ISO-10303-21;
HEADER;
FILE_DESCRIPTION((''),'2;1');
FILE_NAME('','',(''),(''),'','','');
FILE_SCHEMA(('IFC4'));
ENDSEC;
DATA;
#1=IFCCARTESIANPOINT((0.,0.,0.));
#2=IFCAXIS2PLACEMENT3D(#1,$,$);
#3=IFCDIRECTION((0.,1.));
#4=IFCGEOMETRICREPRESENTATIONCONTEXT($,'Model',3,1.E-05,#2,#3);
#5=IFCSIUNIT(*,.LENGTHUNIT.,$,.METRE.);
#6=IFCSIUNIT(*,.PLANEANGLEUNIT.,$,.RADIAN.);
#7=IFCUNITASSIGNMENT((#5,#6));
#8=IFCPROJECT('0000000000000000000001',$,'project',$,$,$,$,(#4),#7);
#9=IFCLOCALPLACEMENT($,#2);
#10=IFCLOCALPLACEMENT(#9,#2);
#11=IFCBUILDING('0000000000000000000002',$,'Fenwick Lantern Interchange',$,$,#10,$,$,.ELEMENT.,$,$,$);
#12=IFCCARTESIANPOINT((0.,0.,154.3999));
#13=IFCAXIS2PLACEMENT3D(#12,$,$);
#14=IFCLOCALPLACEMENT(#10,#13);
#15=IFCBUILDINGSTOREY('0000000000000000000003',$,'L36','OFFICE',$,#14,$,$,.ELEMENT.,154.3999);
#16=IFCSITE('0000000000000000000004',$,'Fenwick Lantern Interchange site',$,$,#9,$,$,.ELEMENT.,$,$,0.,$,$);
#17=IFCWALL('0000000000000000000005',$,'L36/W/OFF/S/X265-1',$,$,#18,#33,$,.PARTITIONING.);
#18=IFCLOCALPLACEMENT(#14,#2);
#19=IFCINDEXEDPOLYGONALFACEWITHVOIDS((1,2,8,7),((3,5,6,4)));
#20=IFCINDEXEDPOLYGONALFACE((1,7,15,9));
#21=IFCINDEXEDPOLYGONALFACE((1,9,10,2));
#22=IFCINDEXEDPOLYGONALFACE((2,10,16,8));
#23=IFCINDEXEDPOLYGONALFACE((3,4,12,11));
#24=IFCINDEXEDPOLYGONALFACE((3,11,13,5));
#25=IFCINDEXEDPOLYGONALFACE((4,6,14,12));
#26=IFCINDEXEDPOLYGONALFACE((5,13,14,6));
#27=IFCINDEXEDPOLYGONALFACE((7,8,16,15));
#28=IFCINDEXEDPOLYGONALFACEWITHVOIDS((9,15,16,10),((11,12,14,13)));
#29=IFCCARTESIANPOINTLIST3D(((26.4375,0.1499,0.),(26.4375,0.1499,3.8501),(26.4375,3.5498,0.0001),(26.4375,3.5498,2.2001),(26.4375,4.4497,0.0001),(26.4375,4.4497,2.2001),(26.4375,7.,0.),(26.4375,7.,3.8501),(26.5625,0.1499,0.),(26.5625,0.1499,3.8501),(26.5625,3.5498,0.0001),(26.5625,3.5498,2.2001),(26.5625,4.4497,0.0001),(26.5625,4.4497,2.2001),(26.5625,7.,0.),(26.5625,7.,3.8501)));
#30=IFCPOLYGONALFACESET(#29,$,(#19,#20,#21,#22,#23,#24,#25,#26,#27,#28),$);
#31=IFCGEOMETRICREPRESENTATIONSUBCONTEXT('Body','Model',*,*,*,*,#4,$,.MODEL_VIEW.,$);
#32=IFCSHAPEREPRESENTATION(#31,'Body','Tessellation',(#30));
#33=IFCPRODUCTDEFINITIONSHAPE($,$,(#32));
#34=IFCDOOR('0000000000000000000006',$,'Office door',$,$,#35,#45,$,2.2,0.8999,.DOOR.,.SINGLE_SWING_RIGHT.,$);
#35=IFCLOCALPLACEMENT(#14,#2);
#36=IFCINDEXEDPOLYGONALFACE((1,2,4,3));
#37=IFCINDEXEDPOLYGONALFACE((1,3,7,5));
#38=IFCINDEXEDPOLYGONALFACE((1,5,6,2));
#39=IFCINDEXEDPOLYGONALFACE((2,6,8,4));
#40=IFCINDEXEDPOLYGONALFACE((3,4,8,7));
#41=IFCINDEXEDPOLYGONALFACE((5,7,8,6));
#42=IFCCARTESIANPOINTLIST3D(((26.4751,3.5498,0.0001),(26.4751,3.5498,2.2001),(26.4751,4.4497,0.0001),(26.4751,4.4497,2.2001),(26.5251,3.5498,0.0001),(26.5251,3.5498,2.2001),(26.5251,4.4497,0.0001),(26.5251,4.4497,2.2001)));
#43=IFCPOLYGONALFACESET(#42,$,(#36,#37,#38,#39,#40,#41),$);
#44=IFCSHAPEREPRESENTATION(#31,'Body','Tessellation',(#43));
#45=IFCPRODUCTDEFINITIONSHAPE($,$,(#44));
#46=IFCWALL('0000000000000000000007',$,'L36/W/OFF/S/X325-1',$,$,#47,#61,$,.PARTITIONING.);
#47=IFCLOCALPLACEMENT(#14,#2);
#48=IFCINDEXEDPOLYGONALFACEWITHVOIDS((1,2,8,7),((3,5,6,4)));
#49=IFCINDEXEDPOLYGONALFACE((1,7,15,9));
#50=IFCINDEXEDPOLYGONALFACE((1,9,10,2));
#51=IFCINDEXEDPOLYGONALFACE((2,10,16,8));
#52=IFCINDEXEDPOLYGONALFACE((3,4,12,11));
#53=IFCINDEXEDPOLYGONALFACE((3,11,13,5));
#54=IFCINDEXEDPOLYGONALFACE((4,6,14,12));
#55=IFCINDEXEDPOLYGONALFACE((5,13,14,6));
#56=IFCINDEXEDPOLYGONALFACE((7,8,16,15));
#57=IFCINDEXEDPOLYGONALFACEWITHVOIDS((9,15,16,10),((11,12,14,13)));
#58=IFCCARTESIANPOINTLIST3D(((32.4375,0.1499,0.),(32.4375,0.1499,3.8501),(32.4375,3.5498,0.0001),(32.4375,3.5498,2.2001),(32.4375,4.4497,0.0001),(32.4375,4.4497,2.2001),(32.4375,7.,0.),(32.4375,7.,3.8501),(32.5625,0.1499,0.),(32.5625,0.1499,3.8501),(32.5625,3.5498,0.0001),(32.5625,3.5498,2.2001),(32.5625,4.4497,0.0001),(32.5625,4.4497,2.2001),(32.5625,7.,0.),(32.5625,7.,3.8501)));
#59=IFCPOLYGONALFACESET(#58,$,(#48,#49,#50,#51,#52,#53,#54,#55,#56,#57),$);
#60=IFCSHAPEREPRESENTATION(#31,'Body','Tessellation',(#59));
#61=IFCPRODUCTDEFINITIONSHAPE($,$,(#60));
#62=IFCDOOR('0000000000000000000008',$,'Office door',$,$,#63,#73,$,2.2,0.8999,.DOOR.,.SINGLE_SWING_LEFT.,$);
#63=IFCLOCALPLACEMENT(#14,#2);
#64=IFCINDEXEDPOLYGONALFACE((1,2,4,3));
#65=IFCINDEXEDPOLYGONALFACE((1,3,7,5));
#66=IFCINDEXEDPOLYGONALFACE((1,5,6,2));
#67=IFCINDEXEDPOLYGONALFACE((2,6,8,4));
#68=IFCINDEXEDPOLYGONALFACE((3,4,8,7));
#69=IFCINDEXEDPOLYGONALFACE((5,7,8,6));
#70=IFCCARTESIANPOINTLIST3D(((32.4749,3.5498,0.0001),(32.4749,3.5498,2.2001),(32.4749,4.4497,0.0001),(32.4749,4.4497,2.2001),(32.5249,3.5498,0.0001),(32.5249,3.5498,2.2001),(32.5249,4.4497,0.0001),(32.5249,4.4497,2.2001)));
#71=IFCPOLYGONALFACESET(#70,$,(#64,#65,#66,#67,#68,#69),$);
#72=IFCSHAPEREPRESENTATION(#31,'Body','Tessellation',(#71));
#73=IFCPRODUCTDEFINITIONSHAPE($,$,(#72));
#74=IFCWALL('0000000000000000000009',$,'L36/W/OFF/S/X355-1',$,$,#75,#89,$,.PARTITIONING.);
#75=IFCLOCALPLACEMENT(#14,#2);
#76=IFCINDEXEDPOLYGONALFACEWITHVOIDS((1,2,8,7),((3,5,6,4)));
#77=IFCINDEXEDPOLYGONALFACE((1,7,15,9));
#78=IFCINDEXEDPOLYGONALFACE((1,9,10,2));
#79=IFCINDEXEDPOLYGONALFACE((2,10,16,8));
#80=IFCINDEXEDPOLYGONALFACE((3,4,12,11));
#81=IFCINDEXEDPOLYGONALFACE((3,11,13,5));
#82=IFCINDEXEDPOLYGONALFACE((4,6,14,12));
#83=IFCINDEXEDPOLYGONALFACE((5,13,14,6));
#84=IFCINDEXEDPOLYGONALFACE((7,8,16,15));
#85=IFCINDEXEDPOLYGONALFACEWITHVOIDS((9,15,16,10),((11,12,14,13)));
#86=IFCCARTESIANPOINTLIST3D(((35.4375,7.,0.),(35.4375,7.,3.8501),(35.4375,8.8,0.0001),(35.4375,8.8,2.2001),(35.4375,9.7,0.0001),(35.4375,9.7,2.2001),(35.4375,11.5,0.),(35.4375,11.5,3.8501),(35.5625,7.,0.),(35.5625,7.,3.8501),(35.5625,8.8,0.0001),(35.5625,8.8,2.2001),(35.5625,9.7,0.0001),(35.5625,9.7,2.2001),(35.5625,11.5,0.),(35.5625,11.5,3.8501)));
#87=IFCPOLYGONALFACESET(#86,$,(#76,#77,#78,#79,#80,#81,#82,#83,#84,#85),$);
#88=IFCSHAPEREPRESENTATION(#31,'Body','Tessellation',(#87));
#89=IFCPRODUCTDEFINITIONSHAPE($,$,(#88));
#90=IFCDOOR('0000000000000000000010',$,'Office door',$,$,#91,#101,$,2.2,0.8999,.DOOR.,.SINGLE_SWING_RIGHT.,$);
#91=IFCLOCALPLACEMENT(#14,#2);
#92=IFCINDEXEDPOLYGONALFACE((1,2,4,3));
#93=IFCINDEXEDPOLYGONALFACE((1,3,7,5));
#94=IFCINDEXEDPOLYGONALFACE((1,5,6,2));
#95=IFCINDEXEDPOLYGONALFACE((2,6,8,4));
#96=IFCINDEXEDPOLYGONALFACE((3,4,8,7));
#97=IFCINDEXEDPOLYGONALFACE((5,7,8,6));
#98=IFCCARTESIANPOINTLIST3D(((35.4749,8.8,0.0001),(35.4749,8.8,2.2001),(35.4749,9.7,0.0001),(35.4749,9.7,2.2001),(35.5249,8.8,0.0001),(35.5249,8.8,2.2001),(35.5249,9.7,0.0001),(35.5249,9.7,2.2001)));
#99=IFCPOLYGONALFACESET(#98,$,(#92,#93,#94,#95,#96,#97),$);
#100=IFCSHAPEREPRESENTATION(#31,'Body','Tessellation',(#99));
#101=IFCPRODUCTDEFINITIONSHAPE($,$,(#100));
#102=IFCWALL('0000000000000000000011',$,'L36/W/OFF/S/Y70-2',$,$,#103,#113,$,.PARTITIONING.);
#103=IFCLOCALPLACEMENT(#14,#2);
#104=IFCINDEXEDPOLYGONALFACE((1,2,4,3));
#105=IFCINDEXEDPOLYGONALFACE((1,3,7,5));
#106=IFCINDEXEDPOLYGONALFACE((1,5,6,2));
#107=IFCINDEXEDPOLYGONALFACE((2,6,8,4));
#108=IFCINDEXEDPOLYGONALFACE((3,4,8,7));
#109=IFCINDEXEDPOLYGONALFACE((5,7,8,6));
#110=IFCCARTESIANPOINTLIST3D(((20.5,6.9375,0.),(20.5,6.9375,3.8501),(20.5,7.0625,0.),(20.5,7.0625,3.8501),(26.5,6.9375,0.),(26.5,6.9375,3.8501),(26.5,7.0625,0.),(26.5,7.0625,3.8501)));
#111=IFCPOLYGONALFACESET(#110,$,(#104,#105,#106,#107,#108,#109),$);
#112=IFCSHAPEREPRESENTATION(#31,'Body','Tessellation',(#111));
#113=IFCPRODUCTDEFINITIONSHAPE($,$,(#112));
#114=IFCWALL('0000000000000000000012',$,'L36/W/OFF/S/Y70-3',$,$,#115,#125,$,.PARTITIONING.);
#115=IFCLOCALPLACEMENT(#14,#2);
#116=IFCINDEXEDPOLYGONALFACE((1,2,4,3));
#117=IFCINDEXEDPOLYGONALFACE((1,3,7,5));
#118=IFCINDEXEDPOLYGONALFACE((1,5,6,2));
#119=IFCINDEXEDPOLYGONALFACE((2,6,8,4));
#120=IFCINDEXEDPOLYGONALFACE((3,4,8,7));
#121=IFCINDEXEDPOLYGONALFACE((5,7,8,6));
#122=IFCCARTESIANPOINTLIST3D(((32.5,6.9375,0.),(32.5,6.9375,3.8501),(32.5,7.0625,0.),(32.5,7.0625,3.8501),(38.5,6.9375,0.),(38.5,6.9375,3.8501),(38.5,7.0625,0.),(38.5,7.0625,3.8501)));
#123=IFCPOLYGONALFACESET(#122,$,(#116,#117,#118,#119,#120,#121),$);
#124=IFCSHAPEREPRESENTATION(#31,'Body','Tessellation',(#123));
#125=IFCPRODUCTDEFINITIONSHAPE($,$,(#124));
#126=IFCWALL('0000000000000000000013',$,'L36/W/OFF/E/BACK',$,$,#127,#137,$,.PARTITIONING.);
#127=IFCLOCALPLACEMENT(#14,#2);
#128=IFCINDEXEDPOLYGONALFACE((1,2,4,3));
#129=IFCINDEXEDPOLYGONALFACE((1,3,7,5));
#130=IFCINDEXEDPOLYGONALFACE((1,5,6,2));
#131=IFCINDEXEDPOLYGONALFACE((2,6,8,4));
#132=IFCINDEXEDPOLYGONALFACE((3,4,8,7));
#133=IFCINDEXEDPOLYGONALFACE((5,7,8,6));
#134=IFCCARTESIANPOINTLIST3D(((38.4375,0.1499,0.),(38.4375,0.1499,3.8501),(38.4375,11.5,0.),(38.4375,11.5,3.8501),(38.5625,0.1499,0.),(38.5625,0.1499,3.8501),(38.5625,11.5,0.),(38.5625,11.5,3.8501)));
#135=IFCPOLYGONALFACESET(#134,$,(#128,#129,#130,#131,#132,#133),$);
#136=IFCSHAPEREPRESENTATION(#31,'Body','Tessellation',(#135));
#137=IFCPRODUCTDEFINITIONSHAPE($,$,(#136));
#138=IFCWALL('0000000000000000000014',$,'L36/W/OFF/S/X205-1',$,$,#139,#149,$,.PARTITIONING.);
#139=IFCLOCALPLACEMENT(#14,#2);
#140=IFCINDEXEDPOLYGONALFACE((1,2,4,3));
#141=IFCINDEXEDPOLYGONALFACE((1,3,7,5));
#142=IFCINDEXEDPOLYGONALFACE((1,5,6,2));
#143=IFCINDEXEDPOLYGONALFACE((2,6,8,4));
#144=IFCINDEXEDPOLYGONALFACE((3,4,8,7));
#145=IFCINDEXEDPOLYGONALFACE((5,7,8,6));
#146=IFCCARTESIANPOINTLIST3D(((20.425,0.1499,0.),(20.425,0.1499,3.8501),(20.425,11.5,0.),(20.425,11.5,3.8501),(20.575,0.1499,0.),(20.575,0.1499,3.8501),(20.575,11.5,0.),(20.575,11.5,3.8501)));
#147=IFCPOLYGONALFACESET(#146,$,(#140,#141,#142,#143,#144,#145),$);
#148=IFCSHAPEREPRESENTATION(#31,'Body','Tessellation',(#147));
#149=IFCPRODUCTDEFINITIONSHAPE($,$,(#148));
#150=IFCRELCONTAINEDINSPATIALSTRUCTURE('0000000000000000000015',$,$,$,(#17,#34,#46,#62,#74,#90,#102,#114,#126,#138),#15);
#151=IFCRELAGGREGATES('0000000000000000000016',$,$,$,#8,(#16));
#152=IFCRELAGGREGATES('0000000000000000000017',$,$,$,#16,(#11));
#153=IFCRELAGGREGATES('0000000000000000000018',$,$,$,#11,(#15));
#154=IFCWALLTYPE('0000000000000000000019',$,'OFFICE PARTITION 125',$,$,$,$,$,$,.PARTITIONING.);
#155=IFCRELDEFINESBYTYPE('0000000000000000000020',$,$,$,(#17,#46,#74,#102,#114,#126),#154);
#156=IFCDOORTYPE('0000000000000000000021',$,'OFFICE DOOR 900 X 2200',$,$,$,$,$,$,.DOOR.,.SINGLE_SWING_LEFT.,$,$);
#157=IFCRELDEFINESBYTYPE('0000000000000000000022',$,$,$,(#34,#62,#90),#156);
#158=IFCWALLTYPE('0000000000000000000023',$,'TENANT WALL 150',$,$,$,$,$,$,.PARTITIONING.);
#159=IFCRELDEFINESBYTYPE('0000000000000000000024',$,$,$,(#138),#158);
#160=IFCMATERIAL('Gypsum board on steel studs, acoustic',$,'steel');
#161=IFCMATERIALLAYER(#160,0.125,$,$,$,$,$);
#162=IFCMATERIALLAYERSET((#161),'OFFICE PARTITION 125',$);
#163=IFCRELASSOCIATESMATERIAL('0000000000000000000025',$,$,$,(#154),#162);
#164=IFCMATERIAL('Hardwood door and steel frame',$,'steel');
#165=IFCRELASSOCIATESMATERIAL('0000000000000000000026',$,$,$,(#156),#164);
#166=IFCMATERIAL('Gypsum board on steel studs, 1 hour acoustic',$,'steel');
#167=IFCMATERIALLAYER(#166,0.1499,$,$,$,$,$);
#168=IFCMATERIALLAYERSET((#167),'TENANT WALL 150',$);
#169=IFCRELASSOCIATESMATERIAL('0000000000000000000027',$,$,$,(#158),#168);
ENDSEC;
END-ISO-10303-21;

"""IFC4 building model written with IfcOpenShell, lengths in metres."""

from ifc_helpers import new_model, si_unit, direction, frame, frame_2d, origin, place, context, subcontext, project, spatial, rectangle, extrude, material, layer, layer_set, type_object, element, fill, save


model = new_model("IFC4")

# Units and contexts
model_context = context("Model", 3, precision=1e-05, world=origin(), true_north=direction((0.0, 1.0)))
body_context = subcontext(model_context, "Body", "Model", "MODEL_VIEW")
ifc_project = project(units=[si_unit("LENGTHUNIT", "METRE"), si_unit("PLANEANGLEUNIT", "RADIAN")], contexts=[model_context])

# Site, building, storey
site_placement = place(None, origin())
site = spatial("IfcSite", under=ifc_project, at=site_placement, Name="Fenwick Lantern Interchange site", CompositionType="ELEMENT", RefElevation=0.0)
building_placement = place(site_placement, origin())
building = spatial("IfcBuilding", under=site, at=building_placement, Name="Fenwick Lantern Interchange", CompositionType="ELEMENT")
storey_placement = place(building_placement, frame((0.0, 0.0, 154.3999)))
storey = spatial("IfcBuildingStorey", under=building, at=storey_placement, Name="L36", Description="OFFICE", CompositionType="ELEMENT", Elevation=154.3999)

# Walls, openings, doors
ifc_material_1 = material(Name="Gypsum board on steel studs, acoustic", Category="steel")
ifc_layer_1 = layer(ifc_material_1, 0.125)
ifc_layer_set_1 = layer_set([ifc_layer_1], Name="OFFICE PARTITION 125")
wall_type_1 = type_object("IfcWallType", Name="OFFICE PARTITION 125", PredefinedType="PARTITIONING", material=ifc_layer_set_1)
wall_1_placement = place(storey_placement, frame((26.5, 0.1499, 0.0), z_axis=(0.0, 0.0, 1.0), x_axis=(0.0, 1.0, 0.0)))
wall_1 = element("IfcWall", 1, at=wall_1_placement, inside=storey, type_object=wall_type_1, Name="L36/W/OFF/S/X265-1", PredefinedType="PARTITIONING", context=body_context, shape_type="SweptSolid", body=[
    extrude(rectangle(XDim=6.8501, YDim=0.125, at=frame_2d((3.425, 0.0))), origin(), (0.0, 0.0, 1.0), 3.8501),
])
opening_1_placement = place(wall_1_placement, frame((3.3999, 0.0, 0.0)))
opening_1 = element("IfcOpeningElement", 2, at=opening_1_placement, cuts=wall_1, PredefinedType="OPENING", context=body_context, shape_type="SweptSolid", body=[
    extrude(rectangle(XDim=0.8999, YDim=2.2, at=frame_2d((0.45, 1.1001))), frame((0.0, 0.0725, 0.0), z_axis=(0.0, -1.0, 0.0), x_axis=(1.0, 0.0, 0.0)), (0.0, 0.0, 1.0), 0.145),
])
ifc_material_2 = material(Name="Hardwood door and steel frame", Category="steel")
door_type = type_object("IfcDoorType", Name="OFFICE DOOR 900 X 2200", OperationType="SINGLE_SWING_LEFT", PredefinedType="DOOR", material=ifc_material_2)
door_1_placement = place(opening_1_placement, origin())
door_1 = element("IfcDoor", 3, at=door_1_placement, inside=storey, type_object=door_type, Name="Office door", OperationType="SINGLE_SWING_RIGHT", OverallHeight=2.2, OverallWidth=0.8999, PredefinedType="DOOR", context=body_context, shape_type="SweptSolid", body=[
    extrude(rectangle(XDim=0.8999, YDim=2.2, at=frame_2d((0.45, 1.1001))), frame((0.0, 0.0249, 0.0), z_axis=(0.0, -1.0, 0.0), x_axis=(1.0, 0.0, 0.0)), (0.0, 0.0, 1.0), 0.05),
])
fill(opening_1, door_1)
wall_2_placement = place(storey_placement, frame((32.5, 0.1499, 0.0), z_axis=(0.0, 0.0, 1.0), x_axis=(0.0, 1.0, 0.0)))
wall_2 = element("IfcWall", 4, at=wall_2_placement, inside=storey, type_object=wall_type_1, Name="L36/W/OFF/S/X325-1", PredefinedType="PARTITIONING", context=body_context, shape_type="SweptSolid", body=[
    extrude(rectangle(XDim=6.8501, YDim=0.125, at=frame_2d((3.425, 0.0))), origin(), (0.0, 0.0, 1.0), 3.8501),
])
opening_2_placement = place(wall_2_placement, frame((3.3999, 0.0, 0.0)))
opening_2 = element("IfcOpeningElement", 5, at=opening_2_placement, cuts=wall_2, PredefinedType="OPENING", context=body_context, shape_type="SweptSolid", body=[
    extrude(rectangle(XDim=0.8999, YDim=2.2, at=frame_2d((0.45, 1.1001))), frame((0.0, 0.0725, 0.0), z_axis=(0.0, -1.0, 0.0), x_axis=(1.0, 0.0, 0.0)), (0.0, 0.0, 1.0), 0.145),
])
door_2_placement = place(opening_2_placement, frame((0.8999, 0.0, 0.0), z_axis=(0.0, 0.0, 1.0), x_axis=(-1.0, 0.0, 0.0)))
door_2 = element("IfcDoor", 6, at=door_2_placement, inside=storey, type_object=door_type, Name="Office door", OperationType="SINGLE_SWING_LEFT", OverallHeight=2.2, OverallWidth=0.8999, PredefinedType="DOOR", context=body_context, shape_type="SweptSolid", body=[
    extrude(rectangle(XDim=0.8999, YDim=2.2, at=frame_2d((0.45, 1.1001))), frame((0.0, 0.0249, 0.0), z_axis=(0.0, -1.0, 0.0), x_axis=(1.0, 0.0, 0.0)), (0.0, 0.0, 1.0), 0.05),
])
fill(opening_2, door_2)
wall_3_placement = place(storey_placement, frame((35.5, 7.0, 0.0), z_axis=(0.0, 0.0, 1.0), x_axis=(0.0, 1.0, 0.0)))
wall_3 = element("IfcWall", 7, at=wall_3_placement, inside=storey, type_object=wall_type_1, Name="L36/W/OFF/S/X355-1", PredefinedType="PARTITIONING", context=body_context, shape_type="SweptSolid", body=[
    extrude(rectangle(XDim=4.5, YDim=0.125, at=frame_2d((2.25, 0.0))), origin(), (0.0, 0.0, 1.0), 3.8501),
])
opening_3_placement = place(wall_3_placement, frame((1.8, 0.0, 0.0)))
opening_3 = element("IfcOpeningElement", 8, at=opening_3_placement, cuts=wall_3, PredefinedType="OPENING", context=body_context, shape_type="SweptSolid", body=[
    extrude(rectangle(XDim=0.8999, YDim=2.2, at=frame_2d((0.45, 1.1001))), frame((0.0, 0.0725, 0.0), z_axis=(0.0, -1.0, 0.0), x_axis=(1.0, 0.0, 0.0)), (0.0, 0.0, 1.0), 0.145),
])
door_3_placement = place(opening_3_placement, frame((0.8999, 0.0, 0.0), z_axis=(0.0, 0.0, 1.0), x_axis=(-1.0, 0.0, 0.0)))
door_3 = element("IfcDoor", 9, at=door_3_placement, inside=storey, type_object=door_type, Name="Office door", OperationType="SINGLE_SWING_RIGHT", OverallHeight=2.2, OverallWidth=0.8999, PredefinedType="DOOR", context=body_context, shape_type="SweptSolid", body=[
    extrude(rectangle(XDim=0.8999, YDim=2.2, at=frame_2d((0.45, 1.1001))), frame((0.0, 0.0249, 0.0), z_axis=(0.0, -1.0, 0.0), x_axis=(1.0, 0.0, 0.0)), (0.0, 0.0, 1.0), 0.05),
])
fill(opening_3, door_3)

# Walls
for number, where, z_axis, x_axis, name in (
    (10, (20.5, 7.0, 0.0), (0.0, 0.0, 1.0), (1.0, 0.0, 0.0), "L36/W/OFF/S/Y70-2"),
    (11, (32.5, 7.0, 0.0), (0.0, 0.0, 1.0), (1.0, 0.0, 0.0), "L36/W/OFF/S/Y70-3"),
):
    element("IfcWall", number, at=place(storey_placement, frame(where, z_axis=z_axis, x_axis=x_axis)), inside=storey, type_object=wall_type_1, Name=name, PredefinedType="PARTITIONING", context=body_context, shape_type="SweptSolid", body=[
        extrude(rectangle(XDim=6.0, YDim=0.125, at=frame_2d((3.0, 0.0))), origin(), (0.0, 0.0, 1.0), 3.8501),
    ])
wall_4_placement = place(storey_placement, frame((38.5, 0.1499, 0.0), z_axis=(0.0, 0.0, 1.0), x_axis=(0.0, 1.0, 0.0)))
element("IfcWall", 12, at=wall_4_placement, inside=storey, type_object=wall_type_1, Name="L36/W/OFF/E/BACK", PredefinedType="PARTITIONING", context=body_context, shape_type="SweptSolid", body=[
    extrude(rectangle(XDim=11.3501, YDim=0.125, at=frame_2d((5.675, 0.0))), origin(), (0.0, 0.0, 1.0), 3.8501),
])
ifc_material_3 = material(Name="Gypsum board on steel studs, 1 hour acoustic", Category="steel")
ifc_layer_2 = layer(ifc_material_3, 0.1499)
ifc_layer_set_2 = layer_set([ifc_layer_2], Name="TENANT WALL 150")
wall_type_2 = type_object("IfcWallType", Name="TENANT WALL 150", PredefinedType="PARTITIONING", material=ifc_layer_set_2)
wall_5_placement = place(storey_placement, frame((20.5, 0.1499, 0.0), z_axis=(0.0, 0.0, 1.0), x_axis=(0.0, 1.0, 0.0)))
element("IfcWall", 13, at=wall_5_placement, inside=storey, type_object=wall_type_2, Name="L36/W/OFF/S/X205-1", PredefinedType="PARTITIONING", context=body_context, shape_type="SweptSolid", body=[
    extrude(rectangle(XDim=11.3501, YDim=0.1499, at=frame_2d((5.675, 0.0))), origin(), (0.0, 0.0, 1.0), 3.8501),
])

save(model, "model.ifc")
